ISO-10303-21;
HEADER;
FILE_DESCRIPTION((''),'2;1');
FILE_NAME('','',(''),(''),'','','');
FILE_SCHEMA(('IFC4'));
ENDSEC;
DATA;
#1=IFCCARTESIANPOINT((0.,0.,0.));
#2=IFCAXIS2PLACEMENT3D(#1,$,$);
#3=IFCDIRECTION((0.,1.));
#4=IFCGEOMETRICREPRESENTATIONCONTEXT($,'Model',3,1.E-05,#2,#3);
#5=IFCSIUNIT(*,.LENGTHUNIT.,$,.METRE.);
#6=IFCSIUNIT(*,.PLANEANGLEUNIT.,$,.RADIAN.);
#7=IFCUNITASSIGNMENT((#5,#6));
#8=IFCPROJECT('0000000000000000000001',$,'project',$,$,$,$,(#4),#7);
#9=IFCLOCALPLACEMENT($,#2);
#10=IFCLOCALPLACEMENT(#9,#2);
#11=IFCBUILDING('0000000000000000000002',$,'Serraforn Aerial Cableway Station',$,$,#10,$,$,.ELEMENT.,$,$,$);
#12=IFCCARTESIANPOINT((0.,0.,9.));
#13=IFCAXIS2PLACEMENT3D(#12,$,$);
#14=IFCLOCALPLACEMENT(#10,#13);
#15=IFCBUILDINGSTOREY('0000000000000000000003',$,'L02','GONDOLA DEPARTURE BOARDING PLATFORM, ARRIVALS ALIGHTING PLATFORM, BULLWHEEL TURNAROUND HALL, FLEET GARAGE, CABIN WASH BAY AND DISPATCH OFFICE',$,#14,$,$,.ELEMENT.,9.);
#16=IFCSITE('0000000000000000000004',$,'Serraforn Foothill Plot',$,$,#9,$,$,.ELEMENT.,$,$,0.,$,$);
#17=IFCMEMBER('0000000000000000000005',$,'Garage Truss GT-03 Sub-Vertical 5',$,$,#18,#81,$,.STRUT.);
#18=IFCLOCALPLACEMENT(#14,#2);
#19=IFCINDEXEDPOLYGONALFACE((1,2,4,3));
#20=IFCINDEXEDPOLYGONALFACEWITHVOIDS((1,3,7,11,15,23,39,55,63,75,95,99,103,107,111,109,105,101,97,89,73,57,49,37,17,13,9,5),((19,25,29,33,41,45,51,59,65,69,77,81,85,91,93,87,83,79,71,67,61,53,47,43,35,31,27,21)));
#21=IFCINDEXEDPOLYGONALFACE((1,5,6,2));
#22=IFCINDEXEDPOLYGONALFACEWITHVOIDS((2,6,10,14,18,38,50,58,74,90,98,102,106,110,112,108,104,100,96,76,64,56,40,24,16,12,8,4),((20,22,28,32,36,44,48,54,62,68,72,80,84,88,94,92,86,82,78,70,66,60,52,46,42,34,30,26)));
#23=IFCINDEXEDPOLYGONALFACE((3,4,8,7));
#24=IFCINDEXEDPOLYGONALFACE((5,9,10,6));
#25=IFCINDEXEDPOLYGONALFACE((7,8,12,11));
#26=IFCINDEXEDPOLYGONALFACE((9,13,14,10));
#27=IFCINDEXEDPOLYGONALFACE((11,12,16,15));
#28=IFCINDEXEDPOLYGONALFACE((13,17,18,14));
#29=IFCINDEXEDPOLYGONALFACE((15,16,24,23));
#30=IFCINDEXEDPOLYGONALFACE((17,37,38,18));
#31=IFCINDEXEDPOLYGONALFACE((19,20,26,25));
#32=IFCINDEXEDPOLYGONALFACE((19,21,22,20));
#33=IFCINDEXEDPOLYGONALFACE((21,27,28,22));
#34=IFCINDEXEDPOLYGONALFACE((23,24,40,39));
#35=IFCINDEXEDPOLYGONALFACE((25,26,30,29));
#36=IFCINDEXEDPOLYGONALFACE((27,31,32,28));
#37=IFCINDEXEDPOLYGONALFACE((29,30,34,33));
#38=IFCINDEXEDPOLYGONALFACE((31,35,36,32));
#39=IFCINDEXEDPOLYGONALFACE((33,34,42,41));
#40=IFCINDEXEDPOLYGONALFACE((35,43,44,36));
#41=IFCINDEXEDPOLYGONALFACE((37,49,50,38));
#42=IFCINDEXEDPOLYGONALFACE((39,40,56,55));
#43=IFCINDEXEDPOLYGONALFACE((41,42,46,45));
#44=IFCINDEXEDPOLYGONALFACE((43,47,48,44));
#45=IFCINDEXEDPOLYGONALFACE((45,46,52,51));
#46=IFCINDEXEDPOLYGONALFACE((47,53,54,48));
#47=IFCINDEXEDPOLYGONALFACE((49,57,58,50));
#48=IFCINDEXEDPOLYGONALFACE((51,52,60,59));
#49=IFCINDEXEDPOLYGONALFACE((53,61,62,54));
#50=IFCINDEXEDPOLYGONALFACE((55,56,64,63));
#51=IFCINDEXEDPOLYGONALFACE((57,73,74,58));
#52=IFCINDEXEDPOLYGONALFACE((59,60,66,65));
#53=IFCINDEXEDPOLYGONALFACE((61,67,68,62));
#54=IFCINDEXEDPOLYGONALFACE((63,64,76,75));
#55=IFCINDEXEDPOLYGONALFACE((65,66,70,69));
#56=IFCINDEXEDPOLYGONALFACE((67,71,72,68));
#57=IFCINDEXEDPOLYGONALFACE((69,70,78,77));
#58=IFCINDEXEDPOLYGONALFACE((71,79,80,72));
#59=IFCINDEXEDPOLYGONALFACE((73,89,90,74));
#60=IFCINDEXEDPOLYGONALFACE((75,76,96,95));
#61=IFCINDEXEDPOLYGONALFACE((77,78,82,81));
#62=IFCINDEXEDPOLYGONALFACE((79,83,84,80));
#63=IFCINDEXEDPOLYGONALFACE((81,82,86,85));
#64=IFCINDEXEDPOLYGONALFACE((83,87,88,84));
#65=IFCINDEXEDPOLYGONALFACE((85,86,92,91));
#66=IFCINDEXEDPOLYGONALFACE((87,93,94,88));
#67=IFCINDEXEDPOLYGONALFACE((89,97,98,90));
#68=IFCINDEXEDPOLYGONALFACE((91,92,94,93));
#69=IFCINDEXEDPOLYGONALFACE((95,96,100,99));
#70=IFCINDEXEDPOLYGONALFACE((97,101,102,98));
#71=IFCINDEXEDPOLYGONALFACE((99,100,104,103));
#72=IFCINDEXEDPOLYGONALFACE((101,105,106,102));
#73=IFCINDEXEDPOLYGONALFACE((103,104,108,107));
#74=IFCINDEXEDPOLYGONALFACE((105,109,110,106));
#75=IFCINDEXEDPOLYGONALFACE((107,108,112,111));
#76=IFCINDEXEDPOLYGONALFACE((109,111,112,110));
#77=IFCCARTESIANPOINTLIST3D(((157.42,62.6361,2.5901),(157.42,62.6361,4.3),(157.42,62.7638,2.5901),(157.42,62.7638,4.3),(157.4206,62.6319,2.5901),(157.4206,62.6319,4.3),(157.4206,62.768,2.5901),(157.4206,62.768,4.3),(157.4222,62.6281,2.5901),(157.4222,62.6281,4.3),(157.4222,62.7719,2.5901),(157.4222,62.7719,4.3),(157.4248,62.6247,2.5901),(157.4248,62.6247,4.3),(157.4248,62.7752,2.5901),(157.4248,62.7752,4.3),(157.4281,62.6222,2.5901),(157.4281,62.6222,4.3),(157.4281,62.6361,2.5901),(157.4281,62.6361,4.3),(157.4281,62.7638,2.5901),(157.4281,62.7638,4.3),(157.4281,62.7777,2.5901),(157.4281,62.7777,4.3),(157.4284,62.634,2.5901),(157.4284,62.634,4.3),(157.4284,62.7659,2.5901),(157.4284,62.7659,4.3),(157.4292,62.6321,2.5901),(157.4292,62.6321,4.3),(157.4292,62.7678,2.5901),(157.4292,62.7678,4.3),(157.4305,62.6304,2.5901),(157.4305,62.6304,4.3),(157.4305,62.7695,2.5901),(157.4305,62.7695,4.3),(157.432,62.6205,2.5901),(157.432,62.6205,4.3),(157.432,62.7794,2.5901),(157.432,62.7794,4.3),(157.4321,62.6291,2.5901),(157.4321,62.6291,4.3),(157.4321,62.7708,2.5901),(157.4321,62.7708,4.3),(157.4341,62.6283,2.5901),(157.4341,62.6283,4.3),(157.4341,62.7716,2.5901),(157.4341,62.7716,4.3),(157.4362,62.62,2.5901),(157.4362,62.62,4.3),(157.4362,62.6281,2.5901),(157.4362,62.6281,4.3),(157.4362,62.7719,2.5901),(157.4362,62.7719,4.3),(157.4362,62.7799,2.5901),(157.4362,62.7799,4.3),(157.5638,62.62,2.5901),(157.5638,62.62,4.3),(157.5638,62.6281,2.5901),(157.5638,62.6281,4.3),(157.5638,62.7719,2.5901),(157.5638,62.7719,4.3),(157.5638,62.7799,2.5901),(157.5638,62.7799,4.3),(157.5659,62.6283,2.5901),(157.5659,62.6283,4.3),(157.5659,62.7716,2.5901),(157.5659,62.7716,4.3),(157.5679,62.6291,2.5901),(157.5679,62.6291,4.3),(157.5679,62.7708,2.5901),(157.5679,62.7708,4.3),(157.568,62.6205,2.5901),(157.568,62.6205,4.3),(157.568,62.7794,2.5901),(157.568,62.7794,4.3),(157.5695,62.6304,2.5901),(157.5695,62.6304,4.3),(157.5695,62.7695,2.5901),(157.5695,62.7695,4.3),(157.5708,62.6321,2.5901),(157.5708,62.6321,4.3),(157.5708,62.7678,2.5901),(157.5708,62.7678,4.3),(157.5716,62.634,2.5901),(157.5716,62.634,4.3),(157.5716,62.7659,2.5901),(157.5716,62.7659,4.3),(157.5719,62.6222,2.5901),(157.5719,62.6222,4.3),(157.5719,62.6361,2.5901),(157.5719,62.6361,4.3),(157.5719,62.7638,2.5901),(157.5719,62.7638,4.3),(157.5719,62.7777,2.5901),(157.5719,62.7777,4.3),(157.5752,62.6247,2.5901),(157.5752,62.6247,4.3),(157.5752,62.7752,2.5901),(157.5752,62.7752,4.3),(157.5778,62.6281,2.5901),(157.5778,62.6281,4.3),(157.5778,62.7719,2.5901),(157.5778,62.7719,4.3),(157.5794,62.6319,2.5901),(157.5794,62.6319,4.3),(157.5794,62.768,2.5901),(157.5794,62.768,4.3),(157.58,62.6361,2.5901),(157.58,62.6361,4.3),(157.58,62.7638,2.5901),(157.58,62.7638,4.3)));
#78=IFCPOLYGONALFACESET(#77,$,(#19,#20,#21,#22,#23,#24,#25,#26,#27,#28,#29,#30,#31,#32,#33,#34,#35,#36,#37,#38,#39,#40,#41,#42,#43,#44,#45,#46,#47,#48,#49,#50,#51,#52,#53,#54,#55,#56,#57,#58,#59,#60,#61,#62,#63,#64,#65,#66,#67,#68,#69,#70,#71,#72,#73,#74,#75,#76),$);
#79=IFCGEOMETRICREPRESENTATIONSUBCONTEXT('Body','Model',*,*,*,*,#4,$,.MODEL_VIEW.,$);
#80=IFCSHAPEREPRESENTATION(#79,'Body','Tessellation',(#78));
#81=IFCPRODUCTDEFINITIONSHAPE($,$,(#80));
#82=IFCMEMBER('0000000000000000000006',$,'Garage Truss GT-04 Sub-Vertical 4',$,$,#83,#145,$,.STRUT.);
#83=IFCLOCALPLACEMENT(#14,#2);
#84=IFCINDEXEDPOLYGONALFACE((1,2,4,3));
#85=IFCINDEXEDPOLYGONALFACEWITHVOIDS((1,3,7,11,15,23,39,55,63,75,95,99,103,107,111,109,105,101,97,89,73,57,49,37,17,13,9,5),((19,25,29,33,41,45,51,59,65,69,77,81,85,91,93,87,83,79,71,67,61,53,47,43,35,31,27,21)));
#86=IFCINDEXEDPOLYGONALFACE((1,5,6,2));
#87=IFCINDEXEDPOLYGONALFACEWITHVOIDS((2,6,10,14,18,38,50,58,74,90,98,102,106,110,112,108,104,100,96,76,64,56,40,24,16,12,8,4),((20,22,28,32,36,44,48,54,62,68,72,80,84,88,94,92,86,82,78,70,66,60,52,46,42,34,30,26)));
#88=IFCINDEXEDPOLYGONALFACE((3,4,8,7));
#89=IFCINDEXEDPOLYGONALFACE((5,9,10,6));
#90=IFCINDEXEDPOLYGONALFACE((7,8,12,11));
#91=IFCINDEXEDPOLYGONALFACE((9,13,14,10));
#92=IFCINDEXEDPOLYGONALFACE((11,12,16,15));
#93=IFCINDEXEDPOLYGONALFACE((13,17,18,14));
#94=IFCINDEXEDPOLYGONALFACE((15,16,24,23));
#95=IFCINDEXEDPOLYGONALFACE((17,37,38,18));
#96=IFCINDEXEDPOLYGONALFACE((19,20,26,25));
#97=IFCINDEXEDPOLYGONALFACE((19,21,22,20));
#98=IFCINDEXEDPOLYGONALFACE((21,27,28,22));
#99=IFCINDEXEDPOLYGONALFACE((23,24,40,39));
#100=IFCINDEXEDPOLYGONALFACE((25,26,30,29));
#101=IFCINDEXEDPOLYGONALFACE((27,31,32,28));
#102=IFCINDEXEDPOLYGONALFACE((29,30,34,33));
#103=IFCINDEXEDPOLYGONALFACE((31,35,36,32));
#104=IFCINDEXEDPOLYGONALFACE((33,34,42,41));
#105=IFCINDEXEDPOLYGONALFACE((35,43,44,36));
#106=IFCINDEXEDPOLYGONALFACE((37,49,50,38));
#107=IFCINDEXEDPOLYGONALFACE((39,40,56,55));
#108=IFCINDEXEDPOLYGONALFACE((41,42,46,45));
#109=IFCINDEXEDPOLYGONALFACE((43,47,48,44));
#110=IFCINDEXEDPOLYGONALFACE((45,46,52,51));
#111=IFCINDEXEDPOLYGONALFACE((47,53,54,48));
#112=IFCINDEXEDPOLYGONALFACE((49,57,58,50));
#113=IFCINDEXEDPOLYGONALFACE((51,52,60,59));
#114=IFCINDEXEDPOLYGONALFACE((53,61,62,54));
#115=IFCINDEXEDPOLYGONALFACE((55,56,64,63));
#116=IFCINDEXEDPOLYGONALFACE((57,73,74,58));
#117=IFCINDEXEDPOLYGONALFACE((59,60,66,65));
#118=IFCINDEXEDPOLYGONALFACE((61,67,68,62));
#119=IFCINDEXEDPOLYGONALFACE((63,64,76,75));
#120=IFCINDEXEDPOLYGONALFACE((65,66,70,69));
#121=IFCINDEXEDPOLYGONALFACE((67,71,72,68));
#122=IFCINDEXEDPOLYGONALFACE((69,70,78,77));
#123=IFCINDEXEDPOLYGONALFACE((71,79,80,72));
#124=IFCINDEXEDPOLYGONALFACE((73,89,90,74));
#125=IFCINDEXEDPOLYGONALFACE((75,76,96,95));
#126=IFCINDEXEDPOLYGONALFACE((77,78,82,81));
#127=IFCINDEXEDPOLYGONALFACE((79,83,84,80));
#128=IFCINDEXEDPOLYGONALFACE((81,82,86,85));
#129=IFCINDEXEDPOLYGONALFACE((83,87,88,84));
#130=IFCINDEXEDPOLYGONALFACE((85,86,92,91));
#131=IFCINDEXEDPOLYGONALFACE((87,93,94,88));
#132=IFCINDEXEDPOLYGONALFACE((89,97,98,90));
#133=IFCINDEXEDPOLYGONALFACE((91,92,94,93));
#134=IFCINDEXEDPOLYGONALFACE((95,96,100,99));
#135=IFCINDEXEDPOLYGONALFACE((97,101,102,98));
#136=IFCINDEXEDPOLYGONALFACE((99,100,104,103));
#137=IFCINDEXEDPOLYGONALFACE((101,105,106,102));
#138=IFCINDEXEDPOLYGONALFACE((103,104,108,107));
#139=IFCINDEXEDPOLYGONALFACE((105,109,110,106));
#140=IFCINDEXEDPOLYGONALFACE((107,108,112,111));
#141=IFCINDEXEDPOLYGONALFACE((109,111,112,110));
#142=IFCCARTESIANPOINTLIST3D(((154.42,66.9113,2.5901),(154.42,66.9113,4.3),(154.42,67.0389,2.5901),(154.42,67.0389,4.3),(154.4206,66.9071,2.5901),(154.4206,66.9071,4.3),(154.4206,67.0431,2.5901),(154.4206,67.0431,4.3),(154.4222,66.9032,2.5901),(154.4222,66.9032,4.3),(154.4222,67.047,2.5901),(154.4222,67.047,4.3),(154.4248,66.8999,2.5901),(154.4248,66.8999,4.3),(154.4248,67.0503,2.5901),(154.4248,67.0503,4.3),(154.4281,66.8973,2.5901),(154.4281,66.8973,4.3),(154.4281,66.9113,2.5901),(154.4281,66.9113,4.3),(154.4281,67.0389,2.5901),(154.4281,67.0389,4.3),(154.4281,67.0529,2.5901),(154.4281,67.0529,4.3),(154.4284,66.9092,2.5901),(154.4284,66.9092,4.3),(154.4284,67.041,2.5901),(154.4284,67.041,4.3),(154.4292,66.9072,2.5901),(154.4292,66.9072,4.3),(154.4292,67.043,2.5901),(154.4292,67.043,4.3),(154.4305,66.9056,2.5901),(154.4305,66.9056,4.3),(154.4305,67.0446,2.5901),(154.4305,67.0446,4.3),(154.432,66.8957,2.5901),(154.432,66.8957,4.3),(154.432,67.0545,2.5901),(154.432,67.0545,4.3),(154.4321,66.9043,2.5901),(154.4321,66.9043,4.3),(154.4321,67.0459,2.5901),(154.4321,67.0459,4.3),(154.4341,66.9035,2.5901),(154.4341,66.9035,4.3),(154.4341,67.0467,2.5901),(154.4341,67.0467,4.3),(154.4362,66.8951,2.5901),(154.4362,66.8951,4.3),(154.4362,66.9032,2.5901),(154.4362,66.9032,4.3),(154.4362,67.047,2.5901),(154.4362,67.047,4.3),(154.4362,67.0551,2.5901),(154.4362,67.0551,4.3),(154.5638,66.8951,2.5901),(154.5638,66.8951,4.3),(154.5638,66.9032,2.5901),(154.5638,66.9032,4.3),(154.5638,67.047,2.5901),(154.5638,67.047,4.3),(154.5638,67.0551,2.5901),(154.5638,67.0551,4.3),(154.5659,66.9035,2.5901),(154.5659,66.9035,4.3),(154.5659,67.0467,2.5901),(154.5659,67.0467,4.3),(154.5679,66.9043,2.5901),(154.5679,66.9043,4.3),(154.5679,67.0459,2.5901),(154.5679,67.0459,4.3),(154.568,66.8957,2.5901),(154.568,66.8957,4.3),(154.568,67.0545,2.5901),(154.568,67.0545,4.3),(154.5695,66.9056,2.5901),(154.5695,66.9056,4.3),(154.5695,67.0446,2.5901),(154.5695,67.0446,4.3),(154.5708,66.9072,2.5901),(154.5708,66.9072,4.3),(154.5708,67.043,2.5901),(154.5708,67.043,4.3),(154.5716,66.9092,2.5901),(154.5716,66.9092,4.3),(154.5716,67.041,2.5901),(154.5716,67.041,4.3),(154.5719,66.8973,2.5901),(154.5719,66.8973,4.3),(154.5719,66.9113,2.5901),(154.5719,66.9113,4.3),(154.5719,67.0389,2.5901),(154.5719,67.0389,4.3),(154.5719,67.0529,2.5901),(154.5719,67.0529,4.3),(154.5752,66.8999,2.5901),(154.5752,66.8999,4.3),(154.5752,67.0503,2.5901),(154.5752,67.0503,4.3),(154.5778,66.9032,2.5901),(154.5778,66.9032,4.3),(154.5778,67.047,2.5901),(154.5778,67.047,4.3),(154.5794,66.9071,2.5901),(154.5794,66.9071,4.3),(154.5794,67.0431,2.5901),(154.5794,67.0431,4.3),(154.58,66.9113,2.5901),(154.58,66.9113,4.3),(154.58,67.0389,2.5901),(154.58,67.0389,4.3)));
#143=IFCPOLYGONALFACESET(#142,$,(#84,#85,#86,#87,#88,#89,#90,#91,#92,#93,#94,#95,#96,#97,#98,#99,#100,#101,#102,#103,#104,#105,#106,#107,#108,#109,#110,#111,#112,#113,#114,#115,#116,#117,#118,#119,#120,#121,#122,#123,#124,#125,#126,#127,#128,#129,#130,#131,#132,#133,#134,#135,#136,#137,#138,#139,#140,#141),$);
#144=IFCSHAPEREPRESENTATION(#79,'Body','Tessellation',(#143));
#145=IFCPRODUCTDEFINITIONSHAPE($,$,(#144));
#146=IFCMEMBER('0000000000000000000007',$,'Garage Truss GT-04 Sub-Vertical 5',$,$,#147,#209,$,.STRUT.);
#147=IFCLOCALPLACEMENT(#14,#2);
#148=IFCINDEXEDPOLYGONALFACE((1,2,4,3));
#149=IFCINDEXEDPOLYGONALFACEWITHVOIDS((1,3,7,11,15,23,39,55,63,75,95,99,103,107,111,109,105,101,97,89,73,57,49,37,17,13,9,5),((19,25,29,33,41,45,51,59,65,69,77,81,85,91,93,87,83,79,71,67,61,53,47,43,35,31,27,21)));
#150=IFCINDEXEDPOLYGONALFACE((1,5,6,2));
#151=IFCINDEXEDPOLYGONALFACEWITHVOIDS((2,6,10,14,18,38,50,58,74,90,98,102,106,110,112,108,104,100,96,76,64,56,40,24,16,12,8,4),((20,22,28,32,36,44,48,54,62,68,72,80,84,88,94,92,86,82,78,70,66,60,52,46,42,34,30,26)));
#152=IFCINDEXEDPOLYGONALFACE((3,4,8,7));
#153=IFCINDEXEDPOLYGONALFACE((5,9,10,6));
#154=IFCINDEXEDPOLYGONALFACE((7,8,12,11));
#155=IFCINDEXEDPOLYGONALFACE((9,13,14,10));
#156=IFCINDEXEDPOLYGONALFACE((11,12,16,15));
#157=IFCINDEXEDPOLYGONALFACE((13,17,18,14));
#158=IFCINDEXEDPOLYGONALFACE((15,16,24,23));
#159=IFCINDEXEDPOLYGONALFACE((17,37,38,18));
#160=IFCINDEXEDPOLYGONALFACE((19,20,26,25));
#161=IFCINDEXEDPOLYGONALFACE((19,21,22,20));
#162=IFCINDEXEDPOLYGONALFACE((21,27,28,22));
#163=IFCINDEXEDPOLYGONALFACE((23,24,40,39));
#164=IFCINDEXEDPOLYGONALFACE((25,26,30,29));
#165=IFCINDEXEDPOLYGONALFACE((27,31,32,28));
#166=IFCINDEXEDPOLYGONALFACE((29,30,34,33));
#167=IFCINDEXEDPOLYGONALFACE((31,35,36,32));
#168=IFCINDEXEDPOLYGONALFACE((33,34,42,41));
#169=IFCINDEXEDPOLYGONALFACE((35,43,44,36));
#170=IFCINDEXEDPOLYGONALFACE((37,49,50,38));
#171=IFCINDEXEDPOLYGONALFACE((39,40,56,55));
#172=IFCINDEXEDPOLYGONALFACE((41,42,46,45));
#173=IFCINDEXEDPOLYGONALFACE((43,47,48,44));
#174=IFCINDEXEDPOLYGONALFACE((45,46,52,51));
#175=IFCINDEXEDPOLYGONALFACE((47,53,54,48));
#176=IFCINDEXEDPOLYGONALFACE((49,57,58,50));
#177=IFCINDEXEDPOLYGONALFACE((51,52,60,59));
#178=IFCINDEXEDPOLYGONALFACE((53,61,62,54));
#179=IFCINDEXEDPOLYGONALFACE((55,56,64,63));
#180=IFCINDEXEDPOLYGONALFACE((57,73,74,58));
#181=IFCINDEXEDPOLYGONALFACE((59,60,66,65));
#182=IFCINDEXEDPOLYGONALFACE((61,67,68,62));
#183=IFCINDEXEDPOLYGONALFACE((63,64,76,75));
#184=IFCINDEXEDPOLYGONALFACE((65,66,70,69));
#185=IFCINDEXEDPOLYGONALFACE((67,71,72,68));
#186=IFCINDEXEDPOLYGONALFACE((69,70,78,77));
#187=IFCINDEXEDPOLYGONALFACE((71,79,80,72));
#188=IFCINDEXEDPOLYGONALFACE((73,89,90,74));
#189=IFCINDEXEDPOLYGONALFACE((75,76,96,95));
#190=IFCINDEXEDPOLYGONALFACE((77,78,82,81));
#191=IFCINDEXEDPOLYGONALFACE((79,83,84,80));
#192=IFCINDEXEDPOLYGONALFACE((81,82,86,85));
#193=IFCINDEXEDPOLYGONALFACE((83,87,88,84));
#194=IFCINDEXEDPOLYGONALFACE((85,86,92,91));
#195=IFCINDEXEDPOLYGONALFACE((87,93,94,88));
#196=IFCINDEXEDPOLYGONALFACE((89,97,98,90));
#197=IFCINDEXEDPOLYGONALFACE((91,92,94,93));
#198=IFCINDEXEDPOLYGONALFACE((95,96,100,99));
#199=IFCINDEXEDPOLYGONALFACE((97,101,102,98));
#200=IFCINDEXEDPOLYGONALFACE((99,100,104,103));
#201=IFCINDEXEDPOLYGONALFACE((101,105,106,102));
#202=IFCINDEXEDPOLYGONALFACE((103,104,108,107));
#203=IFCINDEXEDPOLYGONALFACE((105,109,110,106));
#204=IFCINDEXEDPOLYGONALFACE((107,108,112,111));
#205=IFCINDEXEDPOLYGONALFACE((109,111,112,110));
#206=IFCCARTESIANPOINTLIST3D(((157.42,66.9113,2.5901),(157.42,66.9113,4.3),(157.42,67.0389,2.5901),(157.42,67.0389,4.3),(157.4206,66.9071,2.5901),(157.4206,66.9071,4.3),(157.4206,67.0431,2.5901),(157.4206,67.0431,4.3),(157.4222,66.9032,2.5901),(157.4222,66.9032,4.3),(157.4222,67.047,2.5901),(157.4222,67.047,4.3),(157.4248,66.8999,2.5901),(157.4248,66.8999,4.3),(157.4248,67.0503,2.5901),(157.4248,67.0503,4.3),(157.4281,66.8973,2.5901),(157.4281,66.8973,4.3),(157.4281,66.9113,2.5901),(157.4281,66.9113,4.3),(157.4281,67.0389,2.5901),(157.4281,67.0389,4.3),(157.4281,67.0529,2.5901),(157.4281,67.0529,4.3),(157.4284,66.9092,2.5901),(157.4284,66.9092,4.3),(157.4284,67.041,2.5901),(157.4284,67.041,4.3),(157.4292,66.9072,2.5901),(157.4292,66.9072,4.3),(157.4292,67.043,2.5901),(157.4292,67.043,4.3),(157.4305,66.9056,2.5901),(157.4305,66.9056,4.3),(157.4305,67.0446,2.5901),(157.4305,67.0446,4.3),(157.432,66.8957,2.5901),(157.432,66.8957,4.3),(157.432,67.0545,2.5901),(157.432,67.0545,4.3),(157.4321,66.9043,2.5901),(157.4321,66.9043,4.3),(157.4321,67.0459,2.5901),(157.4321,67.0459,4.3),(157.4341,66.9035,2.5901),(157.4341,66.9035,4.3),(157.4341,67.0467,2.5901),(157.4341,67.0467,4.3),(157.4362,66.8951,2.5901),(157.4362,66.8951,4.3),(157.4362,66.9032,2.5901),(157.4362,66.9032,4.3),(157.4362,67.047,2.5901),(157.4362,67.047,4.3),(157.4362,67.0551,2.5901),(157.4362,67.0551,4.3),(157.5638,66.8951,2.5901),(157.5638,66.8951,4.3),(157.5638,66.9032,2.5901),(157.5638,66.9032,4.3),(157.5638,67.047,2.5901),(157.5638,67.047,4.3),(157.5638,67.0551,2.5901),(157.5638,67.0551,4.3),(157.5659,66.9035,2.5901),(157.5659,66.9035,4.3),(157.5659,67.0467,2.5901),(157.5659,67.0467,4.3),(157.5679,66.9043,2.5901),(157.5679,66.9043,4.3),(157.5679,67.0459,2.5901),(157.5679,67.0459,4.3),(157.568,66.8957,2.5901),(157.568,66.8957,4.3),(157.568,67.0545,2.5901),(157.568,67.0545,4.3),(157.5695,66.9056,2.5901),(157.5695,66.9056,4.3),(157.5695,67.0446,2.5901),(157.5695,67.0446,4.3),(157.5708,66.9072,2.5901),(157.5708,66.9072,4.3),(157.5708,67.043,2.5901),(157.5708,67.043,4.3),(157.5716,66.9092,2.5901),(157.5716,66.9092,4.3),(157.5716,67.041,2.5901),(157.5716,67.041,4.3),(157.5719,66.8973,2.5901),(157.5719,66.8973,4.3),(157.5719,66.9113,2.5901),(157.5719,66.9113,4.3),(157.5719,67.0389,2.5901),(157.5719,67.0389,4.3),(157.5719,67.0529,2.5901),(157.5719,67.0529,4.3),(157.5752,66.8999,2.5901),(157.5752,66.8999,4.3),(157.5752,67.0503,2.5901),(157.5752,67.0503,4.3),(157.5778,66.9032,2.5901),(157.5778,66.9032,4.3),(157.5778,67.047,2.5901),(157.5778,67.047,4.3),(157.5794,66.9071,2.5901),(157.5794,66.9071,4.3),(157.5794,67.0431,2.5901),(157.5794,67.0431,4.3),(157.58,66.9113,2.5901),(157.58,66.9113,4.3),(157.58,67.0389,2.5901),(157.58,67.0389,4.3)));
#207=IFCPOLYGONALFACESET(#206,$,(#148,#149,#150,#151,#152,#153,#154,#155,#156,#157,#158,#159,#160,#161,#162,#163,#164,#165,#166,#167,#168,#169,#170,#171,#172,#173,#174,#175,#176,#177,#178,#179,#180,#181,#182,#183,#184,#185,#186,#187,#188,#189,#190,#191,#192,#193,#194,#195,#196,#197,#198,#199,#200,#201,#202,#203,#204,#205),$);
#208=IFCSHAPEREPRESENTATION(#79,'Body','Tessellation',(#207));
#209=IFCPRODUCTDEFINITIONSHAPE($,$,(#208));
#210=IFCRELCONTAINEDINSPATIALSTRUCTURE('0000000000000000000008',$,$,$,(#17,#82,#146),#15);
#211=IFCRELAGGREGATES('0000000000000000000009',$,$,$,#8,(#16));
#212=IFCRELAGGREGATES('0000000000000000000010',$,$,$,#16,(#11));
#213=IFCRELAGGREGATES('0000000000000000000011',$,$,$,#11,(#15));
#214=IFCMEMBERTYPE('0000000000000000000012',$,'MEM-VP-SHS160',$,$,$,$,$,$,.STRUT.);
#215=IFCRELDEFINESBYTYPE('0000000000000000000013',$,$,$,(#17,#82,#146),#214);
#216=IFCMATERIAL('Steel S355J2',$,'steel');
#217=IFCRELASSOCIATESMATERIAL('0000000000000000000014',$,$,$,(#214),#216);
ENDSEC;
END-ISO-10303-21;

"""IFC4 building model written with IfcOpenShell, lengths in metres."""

from ifc_helpers import new_model, si_unit, direction, frame, origin, origin_2d, place, context, subcontext, project, spatial, hollow_rectangle, extrude, material, material_profile, profile_set, type_object, element, save


model = new_model("IFC4")

# Units and contexts
model_context = context("Model", 3, precision=1e-05, world=origin(), true_north=direction((0.0, 1.0)))
body_context = subcontext(model_context, "Body", "Model", "MODEL_VIEW")
ifc_project = project(units=[si_unit("LENGTHUNIT", "METRE"), si_unit("PLANEANGLEUNIT", "RADIAN")], contexts=[model_context])

# Site, building, storey
site_placement = place(None, origin())
site = spatial("IfcSite", under=ifc_project, at=site_placement, Name="Serraforn Foothill Plot", CompositionType="ELEMENT", RefElevation=0.0)
building_placement = place(site_placement, origin())
building = spatial("IfcBuilding", under=site, at=building_placement, Name="Serraforn Aerial Cableway Station", CompositionType="ELEMENT")
storey_placement = place(building_placement, frame((0.0, 0.0, 9.0)))
storey = spatial("IfcBuildingStorey", under=building, at=storey_placement, Name="L02", Description="GONDOLA DEPARTURE BOARDING PLATFORM, ARRIVALS ALIGHTING PLATFORM, BULLWHEEL TURNAROUND HALL, FLEET GARAGE, CABIN WASH BAY AND DISPATCH OFFICE", CompositionType="ELEMENT", Elevation=9.0)

# Members
ifc_material_1 = material(Name="Steel S355J2", Category="steel")
ifc_material_profile_1 = material_profile(ifc_material_1, hollow_rectangle(XDim=0.1599, YDim=0.1599, WallThickness=0.0081, InnerFilletRadius=0.0081, OuterFilletRadius=0.0161, at=origin_2d()), Name="SHS 160x160x8.0")
ifc_profile_set_1 = profile_set([ifc_material_profile_1], Name="Steel S355J2")
member_type_1 = type_object("IfcMemberType", Name="MEM-VP-SHS160", PredefinedType="STRUT", material=ifc_profile_set_1)
for number, where, z_axis, x_axis, name in (
    (1, (157.5, 62.7, 2.5901), (0.0, 0.0, 1.0), (1.0, 0.0, 0.0), "Garage Truss GT-03 Sub-Vertical 5"),
    (2, (154.5, 66.9751, 2.5901), (0.0, 0.0, 1.0), (1.0, 0.0, 0.0), "Garage Truss GT-04 Sub-Vertical 4"),
    (3, (157.5, 66.9751, 2.5901), (0.0, 0.0, 1.0), (1.0, 0.0, 0.0), "Garage Truss GT-04 Sub-Vertical 5"),
):
    element("IfcMember", number, at=place(storey_placement, frame(where, z_axis=z_axis, x_axis=x_axis)), inside=storey, type_object=member_type_1, Name=name, PredefinedType="STRUT", context=body_context, shape_type="SweptSolid", body=[
        extrude(hollow_rectangle(XDim=0.1599, YDim=0.1599, WallThickness=0.0081, InnerFilletRadius=0.0081, OuterFilletRadius=0.0161, at=origin_2d()), origin(), (0.0, 0.0, 1.0), 1.71),
    ])

save(model, "model.ifc")
